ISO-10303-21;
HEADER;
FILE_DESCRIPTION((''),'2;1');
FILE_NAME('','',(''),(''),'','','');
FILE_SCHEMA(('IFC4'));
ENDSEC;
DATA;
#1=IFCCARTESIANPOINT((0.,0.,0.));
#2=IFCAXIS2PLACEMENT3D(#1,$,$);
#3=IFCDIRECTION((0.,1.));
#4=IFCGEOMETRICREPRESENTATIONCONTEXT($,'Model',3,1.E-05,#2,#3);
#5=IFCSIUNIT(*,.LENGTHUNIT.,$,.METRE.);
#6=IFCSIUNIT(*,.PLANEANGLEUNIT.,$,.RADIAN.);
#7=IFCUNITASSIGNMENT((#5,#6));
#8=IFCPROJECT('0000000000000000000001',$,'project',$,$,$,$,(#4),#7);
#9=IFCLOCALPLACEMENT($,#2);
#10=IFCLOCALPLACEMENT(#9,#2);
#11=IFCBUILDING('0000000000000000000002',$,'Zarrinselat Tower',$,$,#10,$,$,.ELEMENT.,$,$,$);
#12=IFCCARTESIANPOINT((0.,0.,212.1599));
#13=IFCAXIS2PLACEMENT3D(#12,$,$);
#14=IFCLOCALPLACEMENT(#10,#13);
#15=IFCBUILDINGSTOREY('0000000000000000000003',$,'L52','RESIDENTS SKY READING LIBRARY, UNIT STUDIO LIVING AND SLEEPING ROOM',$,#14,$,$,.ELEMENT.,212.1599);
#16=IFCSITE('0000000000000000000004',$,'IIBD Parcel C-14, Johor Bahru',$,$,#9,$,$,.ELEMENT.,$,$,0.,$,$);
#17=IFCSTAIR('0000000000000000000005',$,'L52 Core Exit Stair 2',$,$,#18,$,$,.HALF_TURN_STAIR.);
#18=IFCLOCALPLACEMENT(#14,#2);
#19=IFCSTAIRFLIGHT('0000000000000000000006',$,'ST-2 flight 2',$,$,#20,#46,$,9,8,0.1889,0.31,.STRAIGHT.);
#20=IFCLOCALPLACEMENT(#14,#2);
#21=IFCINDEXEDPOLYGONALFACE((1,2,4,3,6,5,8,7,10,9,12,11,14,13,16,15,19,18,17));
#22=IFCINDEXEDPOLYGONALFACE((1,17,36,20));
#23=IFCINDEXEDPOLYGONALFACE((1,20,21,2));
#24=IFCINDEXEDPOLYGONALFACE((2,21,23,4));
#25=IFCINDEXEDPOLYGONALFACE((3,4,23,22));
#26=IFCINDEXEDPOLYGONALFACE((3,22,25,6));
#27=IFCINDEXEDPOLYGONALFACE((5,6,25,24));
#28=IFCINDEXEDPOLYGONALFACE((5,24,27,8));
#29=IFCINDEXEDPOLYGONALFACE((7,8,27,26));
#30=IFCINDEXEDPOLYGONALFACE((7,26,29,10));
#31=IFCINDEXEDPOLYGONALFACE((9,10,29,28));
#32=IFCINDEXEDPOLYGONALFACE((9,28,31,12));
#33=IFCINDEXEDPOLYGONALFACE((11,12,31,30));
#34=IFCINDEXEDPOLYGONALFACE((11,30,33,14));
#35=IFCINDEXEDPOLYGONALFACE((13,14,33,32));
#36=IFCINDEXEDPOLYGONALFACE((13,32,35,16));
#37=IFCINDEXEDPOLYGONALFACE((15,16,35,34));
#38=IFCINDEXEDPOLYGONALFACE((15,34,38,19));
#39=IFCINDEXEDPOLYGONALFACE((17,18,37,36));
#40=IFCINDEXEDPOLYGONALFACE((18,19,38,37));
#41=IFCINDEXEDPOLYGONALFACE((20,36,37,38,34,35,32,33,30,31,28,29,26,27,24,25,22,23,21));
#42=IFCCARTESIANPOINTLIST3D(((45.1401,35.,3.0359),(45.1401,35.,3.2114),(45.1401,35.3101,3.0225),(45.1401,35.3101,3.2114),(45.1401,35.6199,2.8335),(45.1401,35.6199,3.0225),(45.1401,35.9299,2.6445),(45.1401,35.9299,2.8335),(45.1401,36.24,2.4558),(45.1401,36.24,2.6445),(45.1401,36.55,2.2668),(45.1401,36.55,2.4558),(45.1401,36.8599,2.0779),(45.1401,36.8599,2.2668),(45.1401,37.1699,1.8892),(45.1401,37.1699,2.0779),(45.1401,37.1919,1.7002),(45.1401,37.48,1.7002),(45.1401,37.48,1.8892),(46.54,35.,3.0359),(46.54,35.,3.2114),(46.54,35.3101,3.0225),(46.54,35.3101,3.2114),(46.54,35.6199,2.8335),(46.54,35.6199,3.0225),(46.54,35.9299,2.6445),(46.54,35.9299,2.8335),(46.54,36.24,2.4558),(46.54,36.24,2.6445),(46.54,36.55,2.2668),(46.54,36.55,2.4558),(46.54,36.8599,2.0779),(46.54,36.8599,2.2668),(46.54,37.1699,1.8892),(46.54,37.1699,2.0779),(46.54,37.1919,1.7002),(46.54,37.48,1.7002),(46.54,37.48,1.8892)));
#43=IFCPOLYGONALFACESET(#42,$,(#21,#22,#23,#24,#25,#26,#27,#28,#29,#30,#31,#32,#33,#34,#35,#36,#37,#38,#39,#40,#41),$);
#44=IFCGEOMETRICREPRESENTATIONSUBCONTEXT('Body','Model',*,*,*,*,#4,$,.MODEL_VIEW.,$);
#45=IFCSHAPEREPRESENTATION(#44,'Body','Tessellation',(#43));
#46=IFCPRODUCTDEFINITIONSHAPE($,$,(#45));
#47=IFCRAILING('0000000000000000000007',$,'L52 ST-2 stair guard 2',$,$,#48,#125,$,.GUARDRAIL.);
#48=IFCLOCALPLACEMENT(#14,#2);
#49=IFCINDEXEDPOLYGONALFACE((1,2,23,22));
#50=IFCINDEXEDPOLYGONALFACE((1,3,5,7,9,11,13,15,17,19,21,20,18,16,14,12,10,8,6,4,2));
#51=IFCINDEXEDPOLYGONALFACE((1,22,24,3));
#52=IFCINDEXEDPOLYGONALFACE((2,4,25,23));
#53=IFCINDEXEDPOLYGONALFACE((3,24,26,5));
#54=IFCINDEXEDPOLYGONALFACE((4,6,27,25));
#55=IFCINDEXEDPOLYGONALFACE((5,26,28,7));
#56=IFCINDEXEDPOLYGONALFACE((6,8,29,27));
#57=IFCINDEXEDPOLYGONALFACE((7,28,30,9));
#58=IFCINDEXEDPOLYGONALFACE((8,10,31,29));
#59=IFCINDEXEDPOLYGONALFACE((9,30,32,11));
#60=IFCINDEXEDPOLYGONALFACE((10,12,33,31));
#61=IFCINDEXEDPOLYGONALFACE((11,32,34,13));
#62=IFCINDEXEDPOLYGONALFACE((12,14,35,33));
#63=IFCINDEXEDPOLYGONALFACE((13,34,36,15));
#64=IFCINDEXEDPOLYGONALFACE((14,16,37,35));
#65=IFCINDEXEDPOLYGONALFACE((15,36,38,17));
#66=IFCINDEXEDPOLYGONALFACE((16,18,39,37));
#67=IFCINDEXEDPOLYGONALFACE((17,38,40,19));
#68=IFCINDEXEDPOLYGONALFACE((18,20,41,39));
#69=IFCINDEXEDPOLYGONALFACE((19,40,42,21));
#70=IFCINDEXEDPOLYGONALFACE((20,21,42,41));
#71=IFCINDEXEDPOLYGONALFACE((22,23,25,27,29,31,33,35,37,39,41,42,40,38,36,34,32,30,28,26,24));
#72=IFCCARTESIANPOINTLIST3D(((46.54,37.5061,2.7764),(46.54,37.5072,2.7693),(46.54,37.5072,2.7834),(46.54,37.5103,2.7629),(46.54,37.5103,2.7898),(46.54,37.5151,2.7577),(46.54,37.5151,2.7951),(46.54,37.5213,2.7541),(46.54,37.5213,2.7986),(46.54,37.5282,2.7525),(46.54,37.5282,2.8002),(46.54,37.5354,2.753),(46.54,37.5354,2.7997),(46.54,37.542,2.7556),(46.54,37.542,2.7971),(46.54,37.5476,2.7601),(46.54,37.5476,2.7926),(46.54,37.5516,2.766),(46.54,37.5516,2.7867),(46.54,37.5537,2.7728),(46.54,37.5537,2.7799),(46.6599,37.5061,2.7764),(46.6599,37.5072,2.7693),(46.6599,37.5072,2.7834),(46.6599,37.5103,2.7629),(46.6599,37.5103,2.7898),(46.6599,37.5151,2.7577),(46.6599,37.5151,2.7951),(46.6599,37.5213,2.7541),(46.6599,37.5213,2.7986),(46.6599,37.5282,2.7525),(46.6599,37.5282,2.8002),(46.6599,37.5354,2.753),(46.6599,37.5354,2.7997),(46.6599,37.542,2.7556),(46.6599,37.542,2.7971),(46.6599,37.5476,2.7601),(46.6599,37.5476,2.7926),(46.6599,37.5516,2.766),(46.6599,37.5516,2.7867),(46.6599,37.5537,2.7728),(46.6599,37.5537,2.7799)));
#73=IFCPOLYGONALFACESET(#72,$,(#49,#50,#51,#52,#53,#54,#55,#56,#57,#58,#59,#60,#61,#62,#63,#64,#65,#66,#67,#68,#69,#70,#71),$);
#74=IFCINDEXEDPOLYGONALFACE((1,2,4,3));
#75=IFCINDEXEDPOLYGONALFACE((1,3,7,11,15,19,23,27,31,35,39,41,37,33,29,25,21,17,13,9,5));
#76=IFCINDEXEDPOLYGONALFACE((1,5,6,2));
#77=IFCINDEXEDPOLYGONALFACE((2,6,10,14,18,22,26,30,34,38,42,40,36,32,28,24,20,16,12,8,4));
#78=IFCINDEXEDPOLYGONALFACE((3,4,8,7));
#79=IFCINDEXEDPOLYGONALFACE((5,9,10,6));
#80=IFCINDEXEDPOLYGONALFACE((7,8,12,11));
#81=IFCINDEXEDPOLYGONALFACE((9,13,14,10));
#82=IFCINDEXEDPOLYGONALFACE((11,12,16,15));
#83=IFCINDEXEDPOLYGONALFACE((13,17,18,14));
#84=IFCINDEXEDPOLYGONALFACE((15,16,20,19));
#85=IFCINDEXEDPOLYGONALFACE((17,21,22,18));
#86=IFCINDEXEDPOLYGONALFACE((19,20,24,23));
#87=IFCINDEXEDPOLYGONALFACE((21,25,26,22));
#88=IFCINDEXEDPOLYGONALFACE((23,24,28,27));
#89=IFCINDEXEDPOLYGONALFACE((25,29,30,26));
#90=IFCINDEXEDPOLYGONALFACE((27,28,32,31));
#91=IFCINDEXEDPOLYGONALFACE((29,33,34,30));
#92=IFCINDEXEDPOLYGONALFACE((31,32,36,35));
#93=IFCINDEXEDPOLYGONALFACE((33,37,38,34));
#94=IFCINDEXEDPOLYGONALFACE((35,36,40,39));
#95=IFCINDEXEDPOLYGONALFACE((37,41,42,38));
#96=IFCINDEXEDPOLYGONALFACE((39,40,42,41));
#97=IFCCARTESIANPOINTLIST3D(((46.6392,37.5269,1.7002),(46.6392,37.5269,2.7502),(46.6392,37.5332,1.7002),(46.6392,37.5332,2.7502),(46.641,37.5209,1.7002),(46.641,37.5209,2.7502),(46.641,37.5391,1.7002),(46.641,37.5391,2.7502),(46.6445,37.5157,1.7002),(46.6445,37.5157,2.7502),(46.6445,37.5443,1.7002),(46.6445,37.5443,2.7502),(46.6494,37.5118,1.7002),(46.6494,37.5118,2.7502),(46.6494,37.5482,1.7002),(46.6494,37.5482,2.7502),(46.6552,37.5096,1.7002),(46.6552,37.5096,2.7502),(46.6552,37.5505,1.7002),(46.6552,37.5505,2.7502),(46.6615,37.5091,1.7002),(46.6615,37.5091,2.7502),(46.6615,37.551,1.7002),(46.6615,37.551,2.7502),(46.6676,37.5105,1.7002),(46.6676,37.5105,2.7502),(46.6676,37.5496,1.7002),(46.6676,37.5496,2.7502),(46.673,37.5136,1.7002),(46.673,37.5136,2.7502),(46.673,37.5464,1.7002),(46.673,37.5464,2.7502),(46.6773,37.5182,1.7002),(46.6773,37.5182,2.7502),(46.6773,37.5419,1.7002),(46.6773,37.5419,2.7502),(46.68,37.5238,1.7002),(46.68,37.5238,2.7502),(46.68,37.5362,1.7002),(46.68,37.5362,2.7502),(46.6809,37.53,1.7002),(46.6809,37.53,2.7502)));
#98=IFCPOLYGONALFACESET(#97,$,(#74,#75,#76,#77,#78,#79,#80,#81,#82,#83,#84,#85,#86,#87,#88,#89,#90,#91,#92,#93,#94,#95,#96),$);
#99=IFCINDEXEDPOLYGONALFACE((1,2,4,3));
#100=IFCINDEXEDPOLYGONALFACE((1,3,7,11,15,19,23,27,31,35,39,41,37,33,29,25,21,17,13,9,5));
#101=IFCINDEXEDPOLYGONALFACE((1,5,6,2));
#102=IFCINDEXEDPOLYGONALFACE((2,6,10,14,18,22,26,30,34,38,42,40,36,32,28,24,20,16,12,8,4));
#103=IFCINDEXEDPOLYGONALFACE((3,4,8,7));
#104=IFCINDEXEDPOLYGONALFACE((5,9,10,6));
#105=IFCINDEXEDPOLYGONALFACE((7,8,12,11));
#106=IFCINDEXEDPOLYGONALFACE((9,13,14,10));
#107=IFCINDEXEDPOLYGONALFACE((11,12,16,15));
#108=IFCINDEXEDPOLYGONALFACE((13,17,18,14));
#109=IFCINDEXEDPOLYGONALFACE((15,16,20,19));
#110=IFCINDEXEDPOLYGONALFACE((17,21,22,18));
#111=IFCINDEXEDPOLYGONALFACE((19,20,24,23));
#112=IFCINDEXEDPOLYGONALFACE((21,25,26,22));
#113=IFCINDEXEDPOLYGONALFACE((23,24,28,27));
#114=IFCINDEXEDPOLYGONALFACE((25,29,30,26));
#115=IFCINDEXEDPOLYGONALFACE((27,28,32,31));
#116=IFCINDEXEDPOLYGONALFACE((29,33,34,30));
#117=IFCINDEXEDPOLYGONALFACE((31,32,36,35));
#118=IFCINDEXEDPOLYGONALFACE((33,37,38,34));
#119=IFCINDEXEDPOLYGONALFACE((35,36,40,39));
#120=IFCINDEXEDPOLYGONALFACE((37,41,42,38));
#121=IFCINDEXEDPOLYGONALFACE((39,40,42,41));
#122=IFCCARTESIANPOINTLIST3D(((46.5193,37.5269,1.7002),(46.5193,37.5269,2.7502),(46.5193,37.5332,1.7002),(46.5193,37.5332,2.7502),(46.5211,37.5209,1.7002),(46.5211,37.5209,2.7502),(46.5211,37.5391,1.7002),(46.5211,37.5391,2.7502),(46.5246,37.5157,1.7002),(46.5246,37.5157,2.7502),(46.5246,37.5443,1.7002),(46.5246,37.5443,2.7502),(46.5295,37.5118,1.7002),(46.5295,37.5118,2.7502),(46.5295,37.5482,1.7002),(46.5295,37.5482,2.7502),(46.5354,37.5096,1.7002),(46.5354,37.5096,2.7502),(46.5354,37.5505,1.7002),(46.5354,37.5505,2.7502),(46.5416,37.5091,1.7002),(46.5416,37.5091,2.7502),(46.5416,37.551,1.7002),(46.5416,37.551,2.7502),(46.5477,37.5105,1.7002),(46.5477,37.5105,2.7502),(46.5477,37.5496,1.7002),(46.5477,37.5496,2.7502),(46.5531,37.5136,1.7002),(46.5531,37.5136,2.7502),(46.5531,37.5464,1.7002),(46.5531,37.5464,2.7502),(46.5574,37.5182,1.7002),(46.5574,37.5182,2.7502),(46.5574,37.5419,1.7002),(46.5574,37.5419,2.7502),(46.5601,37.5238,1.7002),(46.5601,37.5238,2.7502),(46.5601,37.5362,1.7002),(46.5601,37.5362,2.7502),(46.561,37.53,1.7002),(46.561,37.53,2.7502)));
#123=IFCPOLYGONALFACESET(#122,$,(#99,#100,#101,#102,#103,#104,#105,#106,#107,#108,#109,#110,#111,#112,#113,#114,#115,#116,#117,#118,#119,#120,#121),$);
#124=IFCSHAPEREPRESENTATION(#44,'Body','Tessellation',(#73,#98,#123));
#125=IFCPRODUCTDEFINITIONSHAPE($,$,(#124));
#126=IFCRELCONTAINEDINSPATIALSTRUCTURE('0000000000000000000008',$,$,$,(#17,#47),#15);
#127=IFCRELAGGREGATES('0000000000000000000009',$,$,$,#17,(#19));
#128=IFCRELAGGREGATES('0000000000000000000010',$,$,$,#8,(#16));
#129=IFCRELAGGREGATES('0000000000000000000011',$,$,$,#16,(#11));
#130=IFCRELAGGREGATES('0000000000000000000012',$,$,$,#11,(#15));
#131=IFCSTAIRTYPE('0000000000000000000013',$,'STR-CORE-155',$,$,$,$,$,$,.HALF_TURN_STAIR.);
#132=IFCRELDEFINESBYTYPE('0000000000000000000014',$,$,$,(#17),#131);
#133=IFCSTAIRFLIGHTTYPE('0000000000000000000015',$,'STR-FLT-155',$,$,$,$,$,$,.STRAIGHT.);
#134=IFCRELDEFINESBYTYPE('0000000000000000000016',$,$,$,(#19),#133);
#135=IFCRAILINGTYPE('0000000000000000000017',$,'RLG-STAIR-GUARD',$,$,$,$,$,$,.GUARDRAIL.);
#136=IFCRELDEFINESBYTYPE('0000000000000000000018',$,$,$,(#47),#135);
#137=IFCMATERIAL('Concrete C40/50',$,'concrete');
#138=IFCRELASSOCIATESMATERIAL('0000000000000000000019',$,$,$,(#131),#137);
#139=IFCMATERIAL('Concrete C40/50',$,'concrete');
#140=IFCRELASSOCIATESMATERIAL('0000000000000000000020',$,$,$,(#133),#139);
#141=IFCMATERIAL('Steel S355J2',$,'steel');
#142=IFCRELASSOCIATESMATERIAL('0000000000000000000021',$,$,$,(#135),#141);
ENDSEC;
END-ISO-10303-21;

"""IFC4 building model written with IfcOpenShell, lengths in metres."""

from ifc_helpers import new_model, si_unit, direction, frame, origin, origin_2d, place, context, subcontext, project, spatial, polyline, circle, outline, extrude, material, type_object, element, aggregate, save


model = new_model("IFC4")

# Units and contexts
model_context = context("Model", 3, precision=1e-05, world=origin(), true_north=direction((0.0, 1.0)))
body_context = subcontext(model_context, "Body", "Model", "MODEL_VIEW")
ifc_project = project(units=[si_unit("LENGTHUNIT", "METRE"), si_unit("PLANEANGLEUNIT", "RADIAN")], contexts=[model_context])

# Site, building, storey
site_placement = place(None, origin())
site = spatial("IfcSite", under=ifc_project, at=site_placement, Name="IIBD Parcel C-14, Johor Bahru", CompositionType="ELEMENT", RefElevation=0.0)
building_placement = place(site_placement, origin())
building = spatial("IfcBuilding", under=site, at=building_placement, Name="Zarrinselat Tower", CompositionType="ELEMENT")
storey_placement = place(building_placement, frame((0.0, 0.0, 212.1599)))
storey = spatial("IfcBuildingStorey", under=building, at=storey_placement, Name="L52", Description="RESIDENTS SKY READING LIBRARY, UNIT STUDIO LIVING AND SLEEPING ROOM", CompositionType="ELEMENT", Elevation=212.1599)

# Stair, stair flight
ifc_material_1 = material(Name="Concrete C40/50", Category="concrete")
stair_type = type_object("IfcStairType", Name="STR-CORE-155", PredefinedType="HALF_TURN_STAIR", material=ifc_material_1)
stair_placement = place(storey_placement, origin())
stair = element("IfcStair", 1, at=stair_placement, inside=storey, type_object=stair_type, Name="L52 Core Exit Stair 2", PredefinedType="HALF_TURN_STAIR")
ifc_material_2 = material(Name="Concrete C40/50", Category="concrete")
stair_flight_type = type_object("IfcStairFlightType", Name="STR-FLT-155", PredefinedType="STRAIGHT", material=ifc_material_2)
stair_flight_placement = place(storey_placement, frame((45.8401, 37.48, 1.7002), z_axis=(0.0, 0.0, 1.0), x_axis=(0.0, -1.0, 0.0)))
stair_flight = element("IfcStairFlight", 2, at=stair_flight_placement, type_object=stair_flight_type, Name="ST-2 flight 2", NumberOfRisers=9, NumberOfTreads=8, PredefinedType="STRAIGHT", RiserHeight=0.1889, TreadLength=0.31, context=body_context, shape_type="SweptSolid", body=[
    extrude(outline(polyline([(0.0, 0.0), (0.0, 0.189), (0.3101, 0.189), (0.3101, 0.3777), (0.6201, 0.3777), (0.6201, 0.5667), (0.9299, 0.5667), (0.9299, 0.7556), (1.24, 0.7556), (1.24, 0.9443), (1.55, 0.9443), (1.55, 1.1333), (1.8601, 1.1333), (1.8601, 1.3223), (2.1699, 1.3223), (2.1699, 1.5112), (2.48, 1.5112), (2.48, 1.7), (2.48, 1.3357), (0.2881, 0.0), (0.0, 0.0)])), frame((0.0, 0.7, 0.0), z_axis=(0.0, -1.0, 0.0), x_axis=(1.0, 0.0, 0.0)), (0.0, 0.0, 1.0), 1.3999),
])
aggregate(stair, [stair_flight])

# Railing
ifc_material_3 = material(Name="Steel S355J2", Category="steel")
railing_type = type_object("IfcRailingType", Name="RLG-STAIR-GUARD", PredefinedType="GUARDRAIL", material=ifc_material_3)
railing_1_placement = place(storey_placement, frame((46.6599, 37.53, 1.7002)))
element("IfcRailing", 3, at=railing_1_placement, inside=storey, type_object=railing_type, Name="L52 ST-2 stair guard 2", PredefinedType="GUARDRAIL", context=body_context, shape_type="SweptSolid", body=[
    extrude(circle(Radius=0.0239, at=origin_2d()), frame((0.0, 0.0, 1.0762), z_axis=(-1.0, 0.0, 0.0), x_axis=(0.0, -1.0, 0.0)), (0.0, 0.0, 1.0), 0.1199),
    extrude(circle(Radius=0.021, at=origin_2d()), origin(), (0.0, 0.0, 1.0), 1.05),
    extrude(circle(Radius=0.021, at=origin_2d()), frame((-0.1199, 0.0, 0.0)), (0.0, 0.0, 1.0), 1.05),
])

save(model, "model.ifc")
